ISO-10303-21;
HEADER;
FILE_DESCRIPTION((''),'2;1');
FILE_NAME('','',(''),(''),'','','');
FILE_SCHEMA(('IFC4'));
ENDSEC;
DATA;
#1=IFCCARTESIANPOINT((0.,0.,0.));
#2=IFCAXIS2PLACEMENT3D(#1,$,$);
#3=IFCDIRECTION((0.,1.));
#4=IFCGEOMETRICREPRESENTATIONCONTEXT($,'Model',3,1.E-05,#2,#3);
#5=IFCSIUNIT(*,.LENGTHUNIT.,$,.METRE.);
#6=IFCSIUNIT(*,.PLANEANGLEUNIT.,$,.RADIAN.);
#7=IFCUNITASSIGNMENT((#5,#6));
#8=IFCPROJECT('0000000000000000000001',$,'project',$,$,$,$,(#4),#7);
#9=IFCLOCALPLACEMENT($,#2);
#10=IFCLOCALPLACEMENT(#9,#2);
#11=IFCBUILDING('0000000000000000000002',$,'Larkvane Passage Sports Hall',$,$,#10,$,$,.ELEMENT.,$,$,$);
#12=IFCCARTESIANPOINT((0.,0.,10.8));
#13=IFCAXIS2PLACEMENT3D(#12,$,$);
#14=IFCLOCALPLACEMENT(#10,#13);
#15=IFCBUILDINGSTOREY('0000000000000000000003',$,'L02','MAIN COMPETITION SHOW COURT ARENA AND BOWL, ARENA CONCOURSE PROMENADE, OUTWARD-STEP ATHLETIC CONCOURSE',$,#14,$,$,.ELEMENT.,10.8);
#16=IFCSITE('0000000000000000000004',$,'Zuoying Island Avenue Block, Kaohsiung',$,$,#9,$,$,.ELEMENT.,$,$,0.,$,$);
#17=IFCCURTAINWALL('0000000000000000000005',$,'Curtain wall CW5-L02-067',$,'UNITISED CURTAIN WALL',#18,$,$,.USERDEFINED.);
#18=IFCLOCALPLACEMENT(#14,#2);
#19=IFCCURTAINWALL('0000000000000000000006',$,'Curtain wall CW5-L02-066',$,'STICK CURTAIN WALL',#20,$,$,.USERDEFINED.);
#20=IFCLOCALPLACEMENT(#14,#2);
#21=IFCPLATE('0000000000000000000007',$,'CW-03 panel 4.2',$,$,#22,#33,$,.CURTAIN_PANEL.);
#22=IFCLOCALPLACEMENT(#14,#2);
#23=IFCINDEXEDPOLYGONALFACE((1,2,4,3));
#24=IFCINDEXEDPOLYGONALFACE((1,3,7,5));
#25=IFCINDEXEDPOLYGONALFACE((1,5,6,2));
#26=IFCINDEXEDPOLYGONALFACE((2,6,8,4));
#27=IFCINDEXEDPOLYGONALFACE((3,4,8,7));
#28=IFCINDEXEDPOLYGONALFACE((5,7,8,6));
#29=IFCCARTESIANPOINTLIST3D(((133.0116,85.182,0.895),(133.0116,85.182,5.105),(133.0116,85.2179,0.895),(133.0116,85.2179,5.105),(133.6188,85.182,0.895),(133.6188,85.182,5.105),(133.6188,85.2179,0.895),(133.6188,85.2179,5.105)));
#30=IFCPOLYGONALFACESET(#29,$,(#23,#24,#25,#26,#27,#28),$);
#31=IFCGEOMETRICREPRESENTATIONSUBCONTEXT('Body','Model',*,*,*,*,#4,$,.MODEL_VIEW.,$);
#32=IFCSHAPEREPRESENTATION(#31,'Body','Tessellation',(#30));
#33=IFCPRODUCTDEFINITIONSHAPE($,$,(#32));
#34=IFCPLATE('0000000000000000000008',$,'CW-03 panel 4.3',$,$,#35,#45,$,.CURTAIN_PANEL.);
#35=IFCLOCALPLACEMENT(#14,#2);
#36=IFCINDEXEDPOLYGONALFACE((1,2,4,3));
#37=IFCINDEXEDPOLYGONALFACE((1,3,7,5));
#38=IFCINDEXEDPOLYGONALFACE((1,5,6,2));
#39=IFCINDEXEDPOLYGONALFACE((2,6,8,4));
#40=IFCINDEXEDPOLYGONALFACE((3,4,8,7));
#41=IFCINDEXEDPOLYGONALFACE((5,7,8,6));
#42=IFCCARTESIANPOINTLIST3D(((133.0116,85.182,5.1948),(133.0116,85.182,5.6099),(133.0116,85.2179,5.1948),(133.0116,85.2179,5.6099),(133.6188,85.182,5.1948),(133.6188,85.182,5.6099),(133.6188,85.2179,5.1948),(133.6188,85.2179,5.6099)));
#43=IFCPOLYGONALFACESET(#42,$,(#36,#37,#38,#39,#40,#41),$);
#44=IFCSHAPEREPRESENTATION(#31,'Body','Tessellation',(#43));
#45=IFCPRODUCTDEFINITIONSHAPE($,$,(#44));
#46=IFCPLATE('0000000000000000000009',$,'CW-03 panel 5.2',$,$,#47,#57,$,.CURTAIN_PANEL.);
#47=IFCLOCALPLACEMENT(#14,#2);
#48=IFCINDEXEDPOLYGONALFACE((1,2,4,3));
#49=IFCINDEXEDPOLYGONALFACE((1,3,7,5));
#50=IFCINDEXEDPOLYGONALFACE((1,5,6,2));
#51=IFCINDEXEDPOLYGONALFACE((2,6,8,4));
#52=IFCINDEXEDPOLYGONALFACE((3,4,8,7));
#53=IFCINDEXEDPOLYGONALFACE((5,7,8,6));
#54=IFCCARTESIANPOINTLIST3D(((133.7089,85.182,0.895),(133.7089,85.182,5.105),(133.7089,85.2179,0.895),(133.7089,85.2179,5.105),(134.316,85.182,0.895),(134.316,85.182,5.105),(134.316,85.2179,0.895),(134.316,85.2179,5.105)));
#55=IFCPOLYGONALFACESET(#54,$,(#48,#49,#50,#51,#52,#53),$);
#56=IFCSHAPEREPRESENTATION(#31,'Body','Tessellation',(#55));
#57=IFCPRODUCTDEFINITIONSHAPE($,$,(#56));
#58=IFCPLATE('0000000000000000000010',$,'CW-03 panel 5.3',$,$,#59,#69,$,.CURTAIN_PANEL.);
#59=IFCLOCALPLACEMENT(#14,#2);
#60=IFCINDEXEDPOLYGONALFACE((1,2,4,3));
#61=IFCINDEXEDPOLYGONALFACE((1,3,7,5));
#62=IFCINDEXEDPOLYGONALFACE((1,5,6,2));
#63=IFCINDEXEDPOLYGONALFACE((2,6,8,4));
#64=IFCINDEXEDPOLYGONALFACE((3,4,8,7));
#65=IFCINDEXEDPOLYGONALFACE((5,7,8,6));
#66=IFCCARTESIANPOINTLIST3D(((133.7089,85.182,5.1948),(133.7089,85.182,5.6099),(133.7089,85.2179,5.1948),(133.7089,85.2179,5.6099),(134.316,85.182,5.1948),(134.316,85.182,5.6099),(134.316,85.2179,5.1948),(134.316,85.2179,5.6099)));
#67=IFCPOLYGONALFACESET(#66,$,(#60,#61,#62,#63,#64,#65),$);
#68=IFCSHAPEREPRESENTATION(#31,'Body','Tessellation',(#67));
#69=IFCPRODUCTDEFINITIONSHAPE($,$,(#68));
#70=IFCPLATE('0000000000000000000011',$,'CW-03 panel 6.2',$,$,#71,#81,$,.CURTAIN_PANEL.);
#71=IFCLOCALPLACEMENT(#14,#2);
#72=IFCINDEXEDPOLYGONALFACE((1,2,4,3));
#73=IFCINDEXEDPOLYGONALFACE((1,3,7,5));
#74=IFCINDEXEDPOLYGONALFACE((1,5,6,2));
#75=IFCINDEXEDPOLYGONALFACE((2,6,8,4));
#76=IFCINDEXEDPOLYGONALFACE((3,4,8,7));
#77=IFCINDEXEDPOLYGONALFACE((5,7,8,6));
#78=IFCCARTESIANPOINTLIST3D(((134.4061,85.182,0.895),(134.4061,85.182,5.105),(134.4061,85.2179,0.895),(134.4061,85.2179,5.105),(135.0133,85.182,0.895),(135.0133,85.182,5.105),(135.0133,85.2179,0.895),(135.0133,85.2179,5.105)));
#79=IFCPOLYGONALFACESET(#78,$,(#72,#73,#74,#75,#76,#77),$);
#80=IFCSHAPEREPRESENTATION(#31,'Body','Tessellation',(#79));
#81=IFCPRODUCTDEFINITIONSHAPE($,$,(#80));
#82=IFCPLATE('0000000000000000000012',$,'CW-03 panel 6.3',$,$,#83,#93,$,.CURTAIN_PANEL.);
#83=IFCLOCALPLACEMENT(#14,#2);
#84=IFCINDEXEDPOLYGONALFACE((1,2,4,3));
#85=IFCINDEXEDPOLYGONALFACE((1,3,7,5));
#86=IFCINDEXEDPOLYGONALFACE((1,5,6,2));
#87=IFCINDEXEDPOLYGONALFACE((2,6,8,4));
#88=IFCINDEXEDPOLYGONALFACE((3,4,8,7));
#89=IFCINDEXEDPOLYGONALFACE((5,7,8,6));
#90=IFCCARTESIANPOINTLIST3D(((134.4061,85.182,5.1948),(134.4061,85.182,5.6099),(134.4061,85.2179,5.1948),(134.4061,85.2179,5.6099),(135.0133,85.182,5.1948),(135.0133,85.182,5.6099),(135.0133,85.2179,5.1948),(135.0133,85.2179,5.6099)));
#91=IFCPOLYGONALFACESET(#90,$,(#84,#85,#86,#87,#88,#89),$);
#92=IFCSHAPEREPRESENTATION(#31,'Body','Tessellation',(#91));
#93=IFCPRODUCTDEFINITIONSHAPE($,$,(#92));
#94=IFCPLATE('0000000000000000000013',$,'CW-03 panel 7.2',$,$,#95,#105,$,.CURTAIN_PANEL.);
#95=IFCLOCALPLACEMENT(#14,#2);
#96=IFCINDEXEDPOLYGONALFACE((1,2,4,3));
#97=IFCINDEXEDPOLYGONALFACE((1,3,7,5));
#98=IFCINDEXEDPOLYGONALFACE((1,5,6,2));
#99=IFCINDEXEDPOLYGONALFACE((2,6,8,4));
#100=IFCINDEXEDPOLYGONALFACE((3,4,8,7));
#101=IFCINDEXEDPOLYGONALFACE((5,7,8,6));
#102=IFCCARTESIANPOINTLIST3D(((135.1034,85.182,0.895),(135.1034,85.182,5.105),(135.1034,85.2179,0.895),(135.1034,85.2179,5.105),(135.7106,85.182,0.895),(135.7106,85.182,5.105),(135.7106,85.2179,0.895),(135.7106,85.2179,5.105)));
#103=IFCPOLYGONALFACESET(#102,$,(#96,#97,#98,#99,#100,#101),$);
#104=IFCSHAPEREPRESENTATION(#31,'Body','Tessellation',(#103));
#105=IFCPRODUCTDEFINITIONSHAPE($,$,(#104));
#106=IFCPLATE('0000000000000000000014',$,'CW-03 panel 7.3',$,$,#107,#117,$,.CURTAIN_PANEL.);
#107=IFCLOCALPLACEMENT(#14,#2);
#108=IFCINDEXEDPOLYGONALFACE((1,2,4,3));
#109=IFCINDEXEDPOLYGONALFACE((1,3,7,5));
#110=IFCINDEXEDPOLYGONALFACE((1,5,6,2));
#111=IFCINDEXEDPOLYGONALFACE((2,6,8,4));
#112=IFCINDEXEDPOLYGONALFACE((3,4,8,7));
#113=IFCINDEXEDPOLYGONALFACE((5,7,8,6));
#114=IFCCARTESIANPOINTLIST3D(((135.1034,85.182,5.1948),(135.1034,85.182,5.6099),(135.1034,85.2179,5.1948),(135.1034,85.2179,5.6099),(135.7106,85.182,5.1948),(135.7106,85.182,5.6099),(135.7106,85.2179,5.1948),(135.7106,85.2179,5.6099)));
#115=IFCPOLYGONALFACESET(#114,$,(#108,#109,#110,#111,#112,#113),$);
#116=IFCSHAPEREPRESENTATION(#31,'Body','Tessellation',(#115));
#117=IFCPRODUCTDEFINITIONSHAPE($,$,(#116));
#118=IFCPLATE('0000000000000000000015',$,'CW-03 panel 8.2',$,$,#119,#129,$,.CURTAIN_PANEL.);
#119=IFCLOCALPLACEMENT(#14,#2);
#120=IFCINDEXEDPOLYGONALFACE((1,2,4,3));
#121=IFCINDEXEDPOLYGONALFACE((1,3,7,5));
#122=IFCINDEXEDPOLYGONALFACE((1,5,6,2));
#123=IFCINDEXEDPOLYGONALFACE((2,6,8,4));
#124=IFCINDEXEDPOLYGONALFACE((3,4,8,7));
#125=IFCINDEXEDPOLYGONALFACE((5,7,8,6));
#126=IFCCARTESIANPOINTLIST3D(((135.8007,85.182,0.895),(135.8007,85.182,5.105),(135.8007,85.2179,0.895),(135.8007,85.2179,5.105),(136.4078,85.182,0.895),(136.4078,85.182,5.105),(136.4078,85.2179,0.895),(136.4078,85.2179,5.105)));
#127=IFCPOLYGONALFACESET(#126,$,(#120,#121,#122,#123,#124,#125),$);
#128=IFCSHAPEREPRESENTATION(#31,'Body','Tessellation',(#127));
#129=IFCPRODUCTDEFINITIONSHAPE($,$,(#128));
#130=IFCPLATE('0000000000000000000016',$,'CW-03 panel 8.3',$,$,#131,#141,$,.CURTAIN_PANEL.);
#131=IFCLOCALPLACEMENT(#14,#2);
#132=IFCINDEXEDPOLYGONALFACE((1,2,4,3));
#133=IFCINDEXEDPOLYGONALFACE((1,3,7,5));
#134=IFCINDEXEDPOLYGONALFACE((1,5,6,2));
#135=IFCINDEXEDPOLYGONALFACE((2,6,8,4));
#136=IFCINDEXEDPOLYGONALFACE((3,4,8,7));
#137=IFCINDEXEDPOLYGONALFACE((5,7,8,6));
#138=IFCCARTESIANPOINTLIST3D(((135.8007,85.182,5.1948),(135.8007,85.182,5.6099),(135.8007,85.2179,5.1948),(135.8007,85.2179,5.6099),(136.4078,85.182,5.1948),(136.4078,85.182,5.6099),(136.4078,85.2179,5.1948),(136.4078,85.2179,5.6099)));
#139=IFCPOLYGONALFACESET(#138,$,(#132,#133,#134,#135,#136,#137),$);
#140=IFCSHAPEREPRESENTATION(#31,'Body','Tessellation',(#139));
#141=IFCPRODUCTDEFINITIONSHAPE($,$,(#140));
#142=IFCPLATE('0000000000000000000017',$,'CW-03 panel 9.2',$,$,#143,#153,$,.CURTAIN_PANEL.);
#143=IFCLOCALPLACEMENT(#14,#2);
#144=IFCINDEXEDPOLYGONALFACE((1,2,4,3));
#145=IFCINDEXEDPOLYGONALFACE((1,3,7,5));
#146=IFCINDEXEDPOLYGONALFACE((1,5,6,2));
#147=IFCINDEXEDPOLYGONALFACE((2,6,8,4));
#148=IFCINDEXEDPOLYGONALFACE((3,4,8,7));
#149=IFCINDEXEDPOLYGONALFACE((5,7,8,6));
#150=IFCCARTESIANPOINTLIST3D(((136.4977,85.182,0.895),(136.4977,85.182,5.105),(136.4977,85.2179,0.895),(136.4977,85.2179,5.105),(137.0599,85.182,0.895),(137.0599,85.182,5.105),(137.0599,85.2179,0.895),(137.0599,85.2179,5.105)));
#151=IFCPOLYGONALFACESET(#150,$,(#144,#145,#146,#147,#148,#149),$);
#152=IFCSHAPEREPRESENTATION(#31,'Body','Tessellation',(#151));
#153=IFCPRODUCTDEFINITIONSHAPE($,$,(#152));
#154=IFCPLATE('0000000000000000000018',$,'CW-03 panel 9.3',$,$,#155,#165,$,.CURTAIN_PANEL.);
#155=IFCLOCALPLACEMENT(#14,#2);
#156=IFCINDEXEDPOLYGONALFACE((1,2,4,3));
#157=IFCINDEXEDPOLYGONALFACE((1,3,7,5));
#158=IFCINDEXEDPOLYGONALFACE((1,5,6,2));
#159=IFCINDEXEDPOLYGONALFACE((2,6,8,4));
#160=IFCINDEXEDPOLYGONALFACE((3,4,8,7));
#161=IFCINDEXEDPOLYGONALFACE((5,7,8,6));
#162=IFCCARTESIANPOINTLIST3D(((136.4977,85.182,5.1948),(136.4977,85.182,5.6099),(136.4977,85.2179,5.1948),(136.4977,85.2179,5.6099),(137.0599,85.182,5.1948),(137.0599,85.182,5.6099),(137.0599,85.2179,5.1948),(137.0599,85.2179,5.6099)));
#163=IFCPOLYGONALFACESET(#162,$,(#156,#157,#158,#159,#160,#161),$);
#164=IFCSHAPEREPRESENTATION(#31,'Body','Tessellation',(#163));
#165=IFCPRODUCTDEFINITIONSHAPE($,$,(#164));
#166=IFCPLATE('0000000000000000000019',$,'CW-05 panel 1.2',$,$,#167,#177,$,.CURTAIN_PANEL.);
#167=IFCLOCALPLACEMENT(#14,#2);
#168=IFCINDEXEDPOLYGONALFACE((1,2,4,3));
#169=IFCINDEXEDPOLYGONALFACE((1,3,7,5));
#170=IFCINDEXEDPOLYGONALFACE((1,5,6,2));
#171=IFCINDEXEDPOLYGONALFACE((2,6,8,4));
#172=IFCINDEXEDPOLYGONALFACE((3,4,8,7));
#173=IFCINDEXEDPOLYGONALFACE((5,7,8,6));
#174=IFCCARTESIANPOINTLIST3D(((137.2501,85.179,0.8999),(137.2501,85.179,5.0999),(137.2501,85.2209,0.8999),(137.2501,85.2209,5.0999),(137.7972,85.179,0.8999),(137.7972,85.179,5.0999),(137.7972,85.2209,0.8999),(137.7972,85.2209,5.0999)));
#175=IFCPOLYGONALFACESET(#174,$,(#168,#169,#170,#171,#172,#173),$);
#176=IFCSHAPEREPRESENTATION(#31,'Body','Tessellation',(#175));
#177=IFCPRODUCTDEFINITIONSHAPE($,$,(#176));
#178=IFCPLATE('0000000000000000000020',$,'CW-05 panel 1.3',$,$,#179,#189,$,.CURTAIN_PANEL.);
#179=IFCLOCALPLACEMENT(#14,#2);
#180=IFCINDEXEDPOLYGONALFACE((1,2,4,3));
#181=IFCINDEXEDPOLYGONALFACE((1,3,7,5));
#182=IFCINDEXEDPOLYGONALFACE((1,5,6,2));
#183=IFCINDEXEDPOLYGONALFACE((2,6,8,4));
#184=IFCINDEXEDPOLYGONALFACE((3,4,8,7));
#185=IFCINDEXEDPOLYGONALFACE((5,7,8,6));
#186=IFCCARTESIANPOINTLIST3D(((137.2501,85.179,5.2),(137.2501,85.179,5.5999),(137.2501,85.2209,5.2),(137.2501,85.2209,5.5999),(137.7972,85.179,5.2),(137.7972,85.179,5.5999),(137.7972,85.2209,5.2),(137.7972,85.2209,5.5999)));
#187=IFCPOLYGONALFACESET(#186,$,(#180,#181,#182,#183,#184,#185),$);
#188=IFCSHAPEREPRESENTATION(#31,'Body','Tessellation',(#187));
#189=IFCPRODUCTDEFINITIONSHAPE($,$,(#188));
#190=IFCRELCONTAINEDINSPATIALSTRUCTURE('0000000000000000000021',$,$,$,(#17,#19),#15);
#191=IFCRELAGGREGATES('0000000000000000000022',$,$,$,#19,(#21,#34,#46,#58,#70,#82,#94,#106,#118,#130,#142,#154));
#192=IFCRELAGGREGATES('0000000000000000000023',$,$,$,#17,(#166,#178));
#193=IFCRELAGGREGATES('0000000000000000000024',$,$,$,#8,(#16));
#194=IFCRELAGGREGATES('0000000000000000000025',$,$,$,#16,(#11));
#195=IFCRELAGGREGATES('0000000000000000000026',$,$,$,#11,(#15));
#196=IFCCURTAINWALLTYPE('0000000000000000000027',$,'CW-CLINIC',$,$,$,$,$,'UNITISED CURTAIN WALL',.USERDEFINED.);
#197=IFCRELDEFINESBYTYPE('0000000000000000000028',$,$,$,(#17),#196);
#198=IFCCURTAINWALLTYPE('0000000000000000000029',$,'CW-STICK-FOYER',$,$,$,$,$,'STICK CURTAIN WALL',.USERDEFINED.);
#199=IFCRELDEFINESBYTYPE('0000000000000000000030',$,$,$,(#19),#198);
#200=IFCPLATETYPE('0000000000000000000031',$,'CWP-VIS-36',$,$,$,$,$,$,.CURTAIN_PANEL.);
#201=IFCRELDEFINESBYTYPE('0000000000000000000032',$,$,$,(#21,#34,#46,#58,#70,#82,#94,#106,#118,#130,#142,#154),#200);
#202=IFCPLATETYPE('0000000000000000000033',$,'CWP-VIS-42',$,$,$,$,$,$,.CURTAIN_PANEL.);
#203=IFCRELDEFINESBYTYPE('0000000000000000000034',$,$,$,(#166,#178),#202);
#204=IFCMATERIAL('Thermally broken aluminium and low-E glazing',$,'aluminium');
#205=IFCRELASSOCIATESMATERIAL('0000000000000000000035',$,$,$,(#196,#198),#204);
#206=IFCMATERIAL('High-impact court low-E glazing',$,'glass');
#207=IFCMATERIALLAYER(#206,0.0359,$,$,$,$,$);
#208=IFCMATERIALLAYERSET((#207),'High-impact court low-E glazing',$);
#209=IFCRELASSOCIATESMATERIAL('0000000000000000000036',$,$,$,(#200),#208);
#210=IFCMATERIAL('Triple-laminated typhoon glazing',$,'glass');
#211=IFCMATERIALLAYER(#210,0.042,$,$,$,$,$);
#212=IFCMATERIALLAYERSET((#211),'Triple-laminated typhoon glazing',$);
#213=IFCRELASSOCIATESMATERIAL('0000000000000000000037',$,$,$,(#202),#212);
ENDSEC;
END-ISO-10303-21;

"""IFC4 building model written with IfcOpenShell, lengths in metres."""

from ifc_helpers import new_model, si_unit, direction, frame, origin, origin_2d, place, context, subcontext, project, spatial, rectangle, extrude, material, layer, layer_set, type_object, element, aggregate, save


model = new_model("IFC4")

# Units and contexts
model_context = context("Model", 3, precision=1e-05, world=origin(), true_north=direction((0.0, 1.0)))
body_context = subcontext(model_context, "Body", "Model", "MODEL_VIEW")
ifc_project = project(units=[si_unit("LENGTHUNIT", "METRE"), si_unit("PLANEANGLEUNIT", "RADIAN")], contexts=[model_context])

# Site, building, storey
site_placement = place(None, origin())
site = spatial("IfcSite", under=ifc_project, at=site_placement, Name="Zuoying Island Avenue Block, Kaohsiung", CompositionType="ELEMENT", RefElevation=0.0)
building_placement = place(site_placement, origin())
building = spatial("IfcBuilding", under=site, at=building_placement, Name="Larkvane Passage Sports Hall", CompositionType="ELEMENT")
storey_placement = place(building_placement, frame((0.0, 0.0, 10.8)))
storey = spatial("IfcBuildingStorey", under=building, at=storey_placement, Name="L02", Description="MAIN COMPETITION SHOW COURT ARENA AND BOWL, ARENA CONCOURSE PROMENADE, OUTWARD-STEP ATHLETIC CONCOURSE", CompositionType="ELEMENT", Elevation=10.8)

# Curtain wall
ifc_material_1 = material(Name="Thermally broken aluminium and low-E glazing", Category="aluminium")
curtain_wall_type_1 = type_object("IfcCurtainWallType", Name="CW-CLINIC", ElementType="UNITISED CURTAIN WALL", PredefinedType="USERDEFINED", material=ifc_material_1)
curtain_wall_1_placement = place(storey_placement, origin())
curtain_wall_1 = element("IfcCurtainWall", 1, at=curtain_wall_1_placement, inside=storey, type_object=curtain_wall_type_1, Name="Curtain wall CW5-L02-067", ObjectType="UNITISED CURTAIN WALL", PredefinedType="USERDEFINED")

# Curtain wall, plates
curtain_wall_type_2 = type_object("IfcCurtainWallType", Name="CW-STICK-FOYER", ElementType="STICK CURTAIN WALL", PredefinedType="USERDEFINED", material=ifc_material_1)
curtain_wall_2_placement = place(storey_placement, origin())
curtain_wall_2 = element("IfcCurtainWall", 2, at=curtain_wall_2_placement, inside=storey, type_object=curtain_wall_type_2, Name="Curtain wall CW5-L02-066", ObjectType="STICK CURTAIN WALL", PredefinedType="USERDEFINED")
ifc_material_2 = material(Name="High-impact court low-E glazing", Category="glass")
ifc_layer_1 = layer(ifc_material_2, 0.0359)
ifc_layer_set_1 = layer_set([ifc_layer_1], Name="High-impact court low-E glazing")
plate_type_1 = type_object("IfcPlateType", Name="CWP-VIS-36", PredefinedType="CURTAIN_PANEL", material=ifc_layer_set_1)
plate_1_placement = place(storey_placement, frame((133.3152, 85.2, 0.895), z_axis=(0.0, 0.0, 1.0), x_axis=(1.0, 0.0, 0.0)))
plate_1 = element("IfcPlate", 3, at=plate_1_placement, type_object=plate_type_1, Name="CW-03 panel 4.2", PredefinedType="CURTAIN_PANEL", context=body_context, shape_type="SweptSolid", body=[
    extrude(rectangle(XDim=0.6072, YDim=0.0359, at=origin_2d()), origin(), (0.0, 0.0, 1.0), 4.21),
])
plate_2_placement = place(storey_placement, frame((133.3152, 85.2, 5.1948), z_axis=(0.0, 0.0, 1.0), x_axis=(1.0, 0.0, 0.0)))
plate_2 = element("IfcPlate", 4, at=plate_2_placement, type_object=plate_type_1, Name="CW-03 panel 4.3", PredefinedType="CURTAIN_PANEL", context=body_context, shape_type="SweptSolid", body=[
    extrude(rectangle(XDim=0.6072, YDim=0.0359, at=origin_2d()), origin(), (0.0, 0.0, 1.0), 0.415),
])
plate_3_placement = place(storey_placement, frame((134.0125, 85.2, 0.895), z_axis=(0.0, 0.0, 1.0), x_axis=(1.0, 0.0, 0.0)))
plate_3 = element("IfcPlate", 5, at=plate_3_placement, type_object=plate_type_1, Name="CW-03 panel 5.2", PredefinedType="CURTAIN_PANEL", context=body_context, shape_type="SweptSolid", body=[
    extrude(rectangle(XDim=0.6072, YDim=0.0359, at=origin_2d()), origin(), (0.0, 0.0, 1.0), 4.21),
])
plate_4_placement = place(storey_placement, frame((134.0125, 85.2, 5.1948), z_axis=(0.0, 0.0, 1.0), x_axis=(1.0, 0.0, 0.0)))
plate_4 = element("IfcPlate", 6, at=plate_4_placement, type_object=plate_type_1, Name="CW-03 panel 5.3", PredefinedType="CURTAIN_PANEL", context=body_context, shape_type="SweptSolid", body=[
    extrude(rectangle(XDim=0.6072, YDim=0.0359, at=origin_2d()), origin(), (0.0, 0.0, 1.0), 0.415),
])
plate_5_placement = place(storey_placement, frame((134.7097, 85.2, 0.895), z_axis=(0.0, 0.0, 1.0), x_axis=(1.0, 0.0, 0.0)))
plate_5 = element("IfcPlate", 7, at=plate_5_placement, type_object=plate_type_1, Name="CW-03 panel 6.2", PredefinedType="CURTAIN_PANEL", context=body_context, shape_type="SweptSolid", body=[
    extrude(rectangle(XDim=0.6072, YDim=0.0359, at=origin_2d()), origin(), (0.0, 0.0, 1.0), 4.21),
])
plate_6_placement = place(storey_placement, frame((134.7097, 85.2, 5.1948), z_axis=(0.0, 0.0, 1.0), x_axis=(1.0, 0.0, 0.0)))
plate_6 = element("IfcPlate", 8, at=plate_6_placement, type_object=plate_type_1, Name="CW-03 panel 6.3", PredefinedType="CURTAIN_PANEL", context=body_context, shape_type="SweptSolid", body=[
    extrude(rectangle(XDim=0.6072, YDim=0.0359, at=origin_2d()), origin(), (0.0, 0.0, 1.0), 0.415),
])
plate_7_placement = place(storey_placement, frame((135.407, 85.2, 0.895), z_axis=(0.0, 0.0, 1.0), x_axis=(1.0, 0.0, 0.0)))
plate_7 = element("IfcPlate", 9, at=plate_7_placement, type_object=plate_type_1, Name="CW-03 panel 7.2", PredefinedType="CURTAIN_PANEL", context=body_context, shape_type="SweptSolid", body=[
    extrude(rectangle(XDim=0.6072, YDim=0.0359, at=origin_2d()), origin(), (0.0, 0.0, 1.0), 4.21),
])
plate_8_placement = place(storey_placement, frame((135.407, 85.2, 5.1948), z_axis=(0.0, 0.0, 1.0), x_axis=(1.0, 0.0, 0.0)))
plate_8 = element("IfcPlate", 10, at=plate_8_placement, type_object=plate_type_1, Name="CW-03 panel 7.3", PredefinedType="CURTAIN_PANEL", context=body_context, shape_type="SweptSolid", body=[
    extrude(rectangle(XDim=0.6072, YDim=0.0359, at=origin_2d()), origin(), (0.0, 0.0, 1.0), 0.415),
])
plate_9_placement = place(storey_placement, frame((136.1042, 85.2, 0.895), z_axis=(0.0, 0.0, 1.0), x_axis=(1.0, 0.0, 0.0)))
plate_9 = element("IfcPlate", 11, at=plate_9_placement, type_object=plate_type_1, Name="CW-03 panel 8.2", PredefinedType="CURTAIN_PANEL", context=body_context, shape_type="SweptSolid", body=[
    extrude(rectangle(XDim=0.6072, YDim=0.0359, at=origin_2d()), origin(), (0.0, 0.0, 1.0), 4.21),
])
plate_10_placement = place(storey_placement, frame((136.1042, 85.2, 5.1948), z_axis=(0.0, 0.0, 1.0), x_axis=(1.0, 0.0, 0.0)))
plate_10 = element("IfcPlate", 12, at=plate_10_placement, type_object=plate_type_1, Name="CW-03 panel 8.3", PredefinedType="CURTAIN_PANEL", context=body_context, shape_type="SweptSolid", body=[
    extrude(rectangle(XDim=0.6072, YDim=0.0359, at=origin_2d()), origin(), (0.0, 0.0, 1.0), 0.415),
])
plate_11_placement = place(storey_placement, frame((136.7788, 85.2, 0.895), z_axis=(0.0, 0.0, 1.0), x_axis=(1.0, 0.0, 0.0)))
plate_11 = element("IfcPlate", 13, at=plate_11_placement, type_object=plate_type_1, Name="CW-03 panel 9.2", PredefinedType="CURTAIN_PANEL", context=body_context, shape_type="SweptSolid", body=[
    extrude(rectangle(XDim=0.5623, YDim=0.0359, at=origin_2d()), origin(), (0.0, 0.0, 1.0), 4.21),
])
plate_12_placement = place(storey_placement, frame((136.7788, 85.2, 5.1948), z_axis=(0.0, 0.0, 1.0), x_axis=(1.0, 0.0, 0.0)))
plate_12 = element("IfcPlate", 14, at=plate_12_placement, type_object=plate_type_1, Name="CW-03 panel 9.3", PredefinedType="CURTAIN_PANEL", context=body_context, shape_type="SweptSolid", body=[
    extrude(rectangle(XDim=0.5623, YDim=0.0359, at=origin_2d()), origin(), (0.0, 0.0, 1.0), 0.415),
])
aggregate(curtain_wall_2, [plate_1, plate_2, plate_3, plate_4, plate_5, plate_6, plate_7, plate_8, plate_9, plate_10, plate_11, plate_12])

# Plates
ifc_material_3 = material(Name="Triple-laminated typhoon glazing", Category="glass")
ifc_layer_2 = layer(ifc_material_3, 0.042)
ifc_layer_set_2 = layer_set([ifc_layer_2], Name="Triple-laminated typhoon glazing")
plate_type_2 = type_object("IfcPlateType", Name="CWP-VIS-42", PredefinedType="CURTAIN_PANEL", material=ifc_layer_set_2)
plate_13_placement = place(storey_placement, frame((137.5237, 85.2, 0.8999), z_axis=(0.0, 0.0, 1.0), x_axis=(1.0, 0.0, 0.0)))
plate_13 = element("IfcPlate", 15, at=plate_13_placement, type_object=plate_type_2, Name="CW-05 panel 1.2", PredefinedType="CURTAIN_PANEL", context=body_context, shape_type="SweptSolid", body=[
    extrude(rectangle(XDim=0.5471, YDim=0.042, at=origin_2d()), origin(), (0.0, 0.0, 1.0), 4.2),
])
plate_14_placement = place(storey_placement, frame((137.5237, 85.2, 5.2), z_axis=(0.0, 0.0, 1.0), x_axis=(1.0, 0.0, 0.0)))
plate_14 = element("IfcPlate", 16, at=plate_14_placement, type_object=plate_type_2, Name="CW-05 panel 1.3", PredefinedType="CURTAIN_PANEL", context=body_context, shape_type="SweptSolid", body=[
    extrude(rectangle(XDim=0.5471, YDim=0.042, at=origin_2d()), origin(), (0.0, 0.0, 1.0), 0.3999),
])
aggregate(curtain_wall_1, [plate_13, plate_14])

save(model, "model.ifc")
